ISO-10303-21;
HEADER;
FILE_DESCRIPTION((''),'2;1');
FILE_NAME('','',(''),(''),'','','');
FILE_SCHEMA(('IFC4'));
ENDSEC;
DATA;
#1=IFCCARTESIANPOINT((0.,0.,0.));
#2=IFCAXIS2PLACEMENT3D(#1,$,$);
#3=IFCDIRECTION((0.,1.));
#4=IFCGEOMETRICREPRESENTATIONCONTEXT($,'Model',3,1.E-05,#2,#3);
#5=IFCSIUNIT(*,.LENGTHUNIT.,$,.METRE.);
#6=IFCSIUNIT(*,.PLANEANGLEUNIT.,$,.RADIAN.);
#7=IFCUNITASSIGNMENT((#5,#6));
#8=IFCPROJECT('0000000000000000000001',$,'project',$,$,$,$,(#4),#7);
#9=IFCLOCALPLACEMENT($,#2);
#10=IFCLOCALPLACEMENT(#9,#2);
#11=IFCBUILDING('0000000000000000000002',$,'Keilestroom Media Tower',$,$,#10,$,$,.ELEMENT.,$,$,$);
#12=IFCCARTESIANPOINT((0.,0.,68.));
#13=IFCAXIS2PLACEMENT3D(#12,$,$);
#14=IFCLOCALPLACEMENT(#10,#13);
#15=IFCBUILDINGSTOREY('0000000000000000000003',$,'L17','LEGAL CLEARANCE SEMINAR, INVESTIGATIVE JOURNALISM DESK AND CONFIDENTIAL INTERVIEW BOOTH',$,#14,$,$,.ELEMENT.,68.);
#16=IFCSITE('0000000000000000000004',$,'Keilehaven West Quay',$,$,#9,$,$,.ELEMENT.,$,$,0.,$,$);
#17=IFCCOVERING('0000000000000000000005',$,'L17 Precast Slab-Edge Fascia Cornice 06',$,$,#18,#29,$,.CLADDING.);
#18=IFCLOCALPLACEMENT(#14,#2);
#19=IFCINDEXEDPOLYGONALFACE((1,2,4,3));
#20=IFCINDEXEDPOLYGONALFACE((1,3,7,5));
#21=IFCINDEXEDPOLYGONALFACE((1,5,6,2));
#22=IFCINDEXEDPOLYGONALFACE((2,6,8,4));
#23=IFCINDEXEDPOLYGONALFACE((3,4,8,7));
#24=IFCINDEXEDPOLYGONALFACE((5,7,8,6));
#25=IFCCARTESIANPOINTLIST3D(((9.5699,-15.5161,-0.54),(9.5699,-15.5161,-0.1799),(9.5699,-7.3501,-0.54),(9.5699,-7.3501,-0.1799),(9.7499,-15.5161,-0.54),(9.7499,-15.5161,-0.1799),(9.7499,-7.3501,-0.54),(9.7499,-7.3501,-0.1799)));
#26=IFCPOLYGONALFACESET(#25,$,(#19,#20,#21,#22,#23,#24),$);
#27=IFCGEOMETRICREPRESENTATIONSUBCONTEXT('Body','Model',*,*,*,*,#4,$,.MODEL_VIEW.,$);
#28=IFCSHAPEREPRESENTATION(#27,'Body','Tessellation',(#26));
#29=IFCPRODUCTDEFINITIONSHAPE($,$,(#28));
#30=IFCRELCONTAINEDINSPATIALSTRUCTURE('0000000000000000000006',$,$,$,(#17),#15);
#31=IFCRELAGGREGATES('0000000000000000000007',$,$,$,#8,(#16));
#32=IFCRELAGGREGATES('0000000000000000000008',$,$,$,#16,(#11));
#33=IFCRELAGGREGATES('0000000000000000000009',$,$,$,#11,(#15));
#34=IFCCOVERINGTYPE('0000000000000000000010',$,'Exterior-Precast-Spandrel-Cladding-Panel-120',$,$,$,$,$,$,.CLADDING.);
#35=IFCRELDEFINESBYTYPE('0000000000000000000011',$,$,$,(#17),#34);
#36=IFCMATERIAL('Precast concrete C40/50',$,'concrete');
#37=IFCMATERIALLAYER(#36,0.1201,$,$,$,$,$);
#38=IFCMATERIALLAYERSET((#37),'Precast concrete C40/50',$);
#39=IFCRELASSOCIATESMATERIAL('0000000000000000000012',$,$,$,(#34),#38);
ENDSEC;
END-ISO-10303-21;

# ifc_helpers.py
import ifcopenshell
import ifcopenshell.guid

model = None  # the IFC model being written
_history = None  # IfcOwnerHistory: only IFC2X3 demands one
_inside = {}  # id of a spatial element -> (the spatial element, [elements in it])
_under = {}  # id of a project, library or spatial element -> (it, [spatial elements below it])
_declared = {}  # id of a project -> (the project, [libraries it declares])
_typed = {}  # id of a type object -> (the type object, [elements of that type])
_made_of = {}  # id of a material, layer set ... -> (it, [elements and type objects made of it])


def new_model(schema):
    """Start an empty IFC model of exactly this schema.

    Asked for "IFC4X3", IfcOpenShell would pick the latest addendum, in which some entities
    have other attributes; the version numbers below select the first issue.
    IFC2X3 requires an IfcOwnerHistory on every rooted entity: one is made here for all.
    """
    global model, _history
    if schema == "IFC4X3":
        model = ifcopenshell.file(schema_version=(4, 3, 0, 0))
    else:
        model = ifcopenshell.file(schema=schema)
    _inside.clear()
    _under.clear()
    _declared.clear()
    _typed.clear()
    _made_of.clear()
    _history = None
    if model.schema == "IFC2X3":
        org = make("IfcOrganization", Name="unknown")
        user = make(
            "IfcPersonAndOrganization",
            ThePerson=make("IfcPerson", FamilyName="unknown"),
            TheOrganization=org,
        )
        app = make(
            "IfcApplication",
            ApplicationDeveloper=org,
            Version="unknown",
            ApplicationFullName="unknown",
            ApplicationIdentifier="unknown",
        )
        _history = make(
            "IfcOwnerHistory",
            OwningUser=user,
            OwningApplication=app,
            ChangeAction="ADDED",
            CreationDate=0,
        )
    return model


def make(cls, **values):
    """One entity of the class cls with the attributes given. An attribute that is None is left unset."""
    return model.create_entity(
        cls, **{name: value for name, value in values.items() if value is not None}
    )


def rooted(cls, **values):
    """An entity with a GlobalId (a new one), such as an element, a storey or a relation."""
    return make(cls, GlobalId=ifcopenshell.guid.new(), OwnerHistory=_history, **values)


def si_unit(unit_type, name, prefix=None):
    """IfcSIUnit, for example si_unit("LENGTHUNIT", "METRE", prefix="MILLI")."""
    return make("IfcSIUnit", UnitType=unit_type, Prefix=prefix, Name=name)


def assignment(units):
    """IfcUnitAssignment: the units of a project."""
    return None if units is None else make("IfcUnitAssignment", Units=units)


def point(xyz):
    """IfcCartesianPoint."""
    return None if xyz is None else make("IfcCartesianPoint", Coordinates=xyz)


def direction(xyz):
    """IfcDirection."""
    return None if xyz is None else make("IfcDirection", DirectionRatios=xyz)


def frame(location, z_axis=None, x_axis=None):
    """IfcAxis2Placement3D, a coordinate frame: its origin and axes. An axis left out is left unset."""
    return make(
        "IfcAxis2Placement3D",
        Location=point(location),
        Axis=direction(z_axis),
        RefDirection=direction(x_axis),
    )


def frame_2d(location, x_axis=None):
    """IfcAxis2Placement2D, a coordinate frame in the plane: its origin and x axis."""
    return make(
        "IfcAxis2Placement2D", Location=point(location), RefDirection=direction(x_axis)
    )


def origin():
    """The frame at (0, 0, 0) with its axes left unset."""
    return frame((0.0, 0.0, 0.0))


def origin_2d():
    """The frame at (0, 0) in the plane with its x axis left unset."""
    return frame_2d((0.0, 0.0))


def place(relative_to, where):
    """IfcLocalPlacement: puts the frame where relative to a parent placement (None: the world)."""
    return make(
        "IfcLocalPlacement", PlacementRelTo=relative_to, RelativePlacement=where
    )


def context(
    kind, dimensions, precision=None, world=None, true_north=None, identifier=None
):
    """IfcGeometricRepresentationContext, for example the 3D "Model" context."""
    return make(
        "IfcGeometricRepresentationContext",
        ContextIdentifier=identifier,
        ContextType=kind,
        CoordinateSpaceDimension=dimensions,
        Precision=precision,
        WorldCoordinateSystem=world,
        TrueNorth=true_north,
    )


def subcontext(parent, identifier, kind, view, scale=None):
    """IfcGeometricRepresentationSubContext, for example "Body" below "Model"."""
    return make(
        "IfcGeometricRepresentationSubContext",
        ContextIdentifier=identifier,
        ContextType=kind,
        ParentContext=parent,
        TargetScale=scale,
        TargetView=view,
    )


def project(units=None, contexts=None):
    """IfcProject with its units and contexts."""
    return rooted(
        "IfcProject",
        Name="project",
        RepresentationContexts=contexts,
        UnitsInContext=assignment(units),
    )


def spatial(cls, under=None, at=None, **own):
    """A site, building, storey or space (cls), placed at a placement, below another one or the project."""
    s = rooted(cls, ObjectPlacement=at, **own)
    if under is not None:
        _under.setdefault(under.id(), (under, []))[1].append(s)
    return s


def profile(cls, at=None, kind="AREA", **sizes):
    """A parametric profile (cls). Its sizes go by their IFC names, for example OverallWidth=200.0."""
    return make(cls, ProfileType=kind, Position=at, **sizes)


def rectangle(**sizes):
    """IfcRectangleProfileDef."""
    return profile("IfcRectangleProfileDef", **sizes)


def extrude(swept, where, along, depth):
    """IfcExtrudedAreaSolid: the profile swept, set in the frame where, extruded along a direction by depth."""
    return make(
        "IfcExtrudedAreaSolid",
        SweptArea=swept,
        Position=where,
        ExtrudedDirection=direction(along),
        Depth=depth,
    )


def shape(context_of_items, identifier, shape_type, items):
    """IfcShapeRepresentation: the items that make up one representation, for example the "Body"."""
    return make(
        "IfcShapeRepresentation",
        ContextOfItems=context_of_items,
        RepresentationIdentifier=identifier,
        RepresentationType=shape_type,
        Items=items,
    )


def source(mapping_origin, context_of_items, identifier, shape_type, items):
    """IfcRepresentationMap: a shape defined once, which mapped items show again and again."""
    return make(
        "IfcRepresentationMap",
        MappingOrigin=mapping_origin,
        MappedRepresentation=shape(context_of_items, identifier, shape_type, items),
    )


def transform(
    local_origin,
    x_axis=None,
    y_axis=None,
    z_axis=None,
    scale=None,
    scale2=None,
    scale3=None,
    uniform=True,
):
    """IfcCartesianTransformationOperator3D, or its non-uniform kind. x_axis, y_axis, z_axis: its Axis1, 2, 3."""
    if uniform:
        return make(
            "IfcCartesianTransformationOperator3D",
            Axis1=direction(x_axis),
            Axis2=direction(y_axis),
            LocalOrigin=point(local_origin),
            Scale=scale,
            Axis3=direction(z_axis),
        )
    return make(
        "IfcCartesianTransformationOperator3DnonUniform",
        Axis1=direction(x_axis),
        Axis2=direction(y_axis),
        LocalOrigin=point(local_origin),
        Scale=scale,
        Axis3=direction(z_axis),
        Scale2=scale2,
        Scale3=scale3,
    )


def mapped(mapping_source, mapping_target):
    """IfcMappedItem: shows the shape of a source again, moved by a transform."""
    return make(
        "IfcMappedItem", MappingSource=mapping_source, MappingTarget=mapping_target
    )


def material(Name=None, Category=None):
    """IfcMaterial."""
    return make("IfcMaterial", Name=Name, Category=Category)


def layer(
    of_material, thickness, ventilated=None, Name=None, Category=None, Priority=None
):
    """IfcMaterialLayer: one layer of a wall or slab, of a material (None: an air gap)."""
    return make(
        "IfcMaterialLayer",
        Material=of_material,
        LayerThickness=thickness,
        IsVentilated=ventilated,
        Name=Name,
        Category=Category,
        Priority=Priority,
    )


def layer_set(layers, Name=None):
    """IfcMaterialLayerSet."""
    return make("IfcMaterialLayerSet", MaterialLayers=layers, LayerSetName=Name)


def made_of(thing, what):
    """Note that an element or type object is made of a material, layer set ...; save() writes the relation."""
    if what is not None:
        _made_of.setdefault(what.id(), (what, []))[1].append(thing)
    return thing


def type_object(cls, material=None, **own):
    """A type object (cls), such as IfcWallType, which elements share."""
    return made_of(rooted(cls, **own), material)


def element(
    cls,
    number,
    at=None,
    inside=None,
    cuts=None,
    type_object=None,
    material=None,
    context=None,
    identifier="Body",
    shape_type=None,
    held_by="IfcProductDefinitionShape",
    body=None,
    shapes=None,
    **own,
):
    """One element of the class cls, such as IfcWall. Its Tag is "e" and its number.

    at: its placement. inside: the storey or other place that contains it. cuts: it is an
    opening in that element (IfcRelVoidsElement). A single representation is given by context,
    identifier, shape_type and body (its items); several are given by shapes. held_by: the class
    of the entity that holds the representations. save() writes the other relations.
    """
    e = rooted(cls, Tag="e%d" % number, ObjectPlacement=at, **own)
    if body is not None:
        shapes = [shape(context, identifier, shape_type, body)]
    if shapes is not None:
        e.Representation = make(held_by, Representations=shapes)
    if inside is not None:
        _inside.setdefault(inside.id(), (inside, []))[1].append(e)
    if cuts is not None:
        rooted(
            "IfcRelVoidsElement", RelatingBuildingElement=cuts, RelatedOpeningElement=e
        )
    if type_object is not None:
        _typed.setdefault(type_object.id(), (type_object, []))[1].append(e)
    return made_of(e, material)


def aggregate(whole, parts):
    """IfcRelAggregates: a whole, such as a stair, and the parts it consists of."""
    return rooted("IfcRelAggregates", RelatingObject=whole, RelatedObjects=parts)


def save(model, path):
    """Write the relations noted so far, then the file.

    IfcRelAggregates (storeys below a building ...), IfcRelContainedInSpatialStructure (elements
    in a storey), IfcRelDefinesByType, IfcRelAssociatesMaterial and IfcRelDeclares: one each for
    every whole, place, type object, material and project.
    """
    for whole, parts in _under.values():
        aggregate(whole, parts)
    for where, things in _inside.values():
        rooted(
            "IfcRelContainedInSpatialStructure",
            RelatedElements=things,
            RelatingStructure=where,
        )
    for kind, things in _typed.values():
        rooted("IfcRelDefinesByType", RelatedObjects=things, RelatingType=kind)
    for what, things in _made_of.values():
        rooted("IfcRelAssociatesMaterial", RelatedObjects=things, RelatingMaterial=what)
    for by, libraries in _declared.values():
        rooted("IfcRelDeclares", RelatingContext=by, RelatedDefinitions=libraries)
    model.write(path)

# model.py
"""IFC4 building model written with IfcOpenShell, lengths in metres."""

from ifc_helpers import new_model, si_unit, direction, frame, origin, origin_2d, place, context, subcontext, project, spatial, rectangle, extrude, source, transform, mapped, material, layer, layer_set, type_object, element, save


model = new_model("IFC4")

# Units and contexts
model_context = context("Model", 3, precision=1e-05, world=origin(), true_north=direction((0.0, 1.0)))
body_context = subcontext(model_context, "Body", "Model", "MODEL_VIEW")
ifc_project = project(units=[si_unit("LENGTHUNIT", "METRE"), si_unit("PLANEANGLEUNIT", "RADIAN")], contexts=[model_context])

# Site, building, storey
site_placement = place(None, origin())
site = spatial("IfcSite", under=ifc_project, at=site_placement, Name="Keilehaven West Quay", CompositionType="ELEMENT", RefElevation=0.0)
building_placement = place(site_placement, origin())
building = spatial("IfcBuilding", under=site, at=building_placement, Name="Keilestroom Media Tower", CompositionType="ELEMENT")
storey_placement = place(building_placement, frame((0.0, 0.0, 68.0)))
storey = spatial("IfcBuildingStorey", under=building, at=storey_placement, Name="L17", Description="LEGAL CLEARANCE SEMINAR, INVESTIGATIVE JOURNALISM DESK AND CONFIDENTIAL INTERVIEW BOOTH", CompositionType="ELEMENT", Elevation=68.0)

# Shared definitions
ifc_material_1 = material(Name="Precast concrete C40/50", Category="concrete")

# Covering
ifc_layer_1 = layer(ifc_material_1, 0.1201)
ifc_layer_set_1 = layer_set([ifc_layer_1], Name="Precast concrete C40/50")
covering_type = type_object("IfcCoveringType", Name="Exterior-Precast-Spandrel-Cladding-Panel-120", PredefinedType="CLADDING", material=ifc_layer_set_1)
shared_shape_1 = source(origin(), body_context, "Body", "SweptSolid", [
    extrude(rectangle(XDim=8.166, YDim=0.1799, at=origin_2d()), origin(), (0.0, 0.0, 1.0), 0.3601),
])
covering_placement = place(storey_placement, frame((9.6599, -11.4331, -0.54), z_axis=(0.0, 0.0, 1.0), x_axis=(0.0, -1.0, 0.0)))
element("IfcCovering", 1, at=covering_placement, inside=storey, type_object=covering_type, Name="L17 Precast Slab-Edge Fascia Cornice 06", PredefinedType="CLADDING", context=body_context, shape_type="MappedRepresentation", body=[
    mapped(shared_shape_1, transform((0.0, 0.0, 0.0), x_axis=(1.0, 0.0, 0.0), y_axis=(0.0, 1.0, 0.0), z_axis=(0.0, 0.0, 1.0), scale=1.0)),
])

save(model, "model.ifc")
